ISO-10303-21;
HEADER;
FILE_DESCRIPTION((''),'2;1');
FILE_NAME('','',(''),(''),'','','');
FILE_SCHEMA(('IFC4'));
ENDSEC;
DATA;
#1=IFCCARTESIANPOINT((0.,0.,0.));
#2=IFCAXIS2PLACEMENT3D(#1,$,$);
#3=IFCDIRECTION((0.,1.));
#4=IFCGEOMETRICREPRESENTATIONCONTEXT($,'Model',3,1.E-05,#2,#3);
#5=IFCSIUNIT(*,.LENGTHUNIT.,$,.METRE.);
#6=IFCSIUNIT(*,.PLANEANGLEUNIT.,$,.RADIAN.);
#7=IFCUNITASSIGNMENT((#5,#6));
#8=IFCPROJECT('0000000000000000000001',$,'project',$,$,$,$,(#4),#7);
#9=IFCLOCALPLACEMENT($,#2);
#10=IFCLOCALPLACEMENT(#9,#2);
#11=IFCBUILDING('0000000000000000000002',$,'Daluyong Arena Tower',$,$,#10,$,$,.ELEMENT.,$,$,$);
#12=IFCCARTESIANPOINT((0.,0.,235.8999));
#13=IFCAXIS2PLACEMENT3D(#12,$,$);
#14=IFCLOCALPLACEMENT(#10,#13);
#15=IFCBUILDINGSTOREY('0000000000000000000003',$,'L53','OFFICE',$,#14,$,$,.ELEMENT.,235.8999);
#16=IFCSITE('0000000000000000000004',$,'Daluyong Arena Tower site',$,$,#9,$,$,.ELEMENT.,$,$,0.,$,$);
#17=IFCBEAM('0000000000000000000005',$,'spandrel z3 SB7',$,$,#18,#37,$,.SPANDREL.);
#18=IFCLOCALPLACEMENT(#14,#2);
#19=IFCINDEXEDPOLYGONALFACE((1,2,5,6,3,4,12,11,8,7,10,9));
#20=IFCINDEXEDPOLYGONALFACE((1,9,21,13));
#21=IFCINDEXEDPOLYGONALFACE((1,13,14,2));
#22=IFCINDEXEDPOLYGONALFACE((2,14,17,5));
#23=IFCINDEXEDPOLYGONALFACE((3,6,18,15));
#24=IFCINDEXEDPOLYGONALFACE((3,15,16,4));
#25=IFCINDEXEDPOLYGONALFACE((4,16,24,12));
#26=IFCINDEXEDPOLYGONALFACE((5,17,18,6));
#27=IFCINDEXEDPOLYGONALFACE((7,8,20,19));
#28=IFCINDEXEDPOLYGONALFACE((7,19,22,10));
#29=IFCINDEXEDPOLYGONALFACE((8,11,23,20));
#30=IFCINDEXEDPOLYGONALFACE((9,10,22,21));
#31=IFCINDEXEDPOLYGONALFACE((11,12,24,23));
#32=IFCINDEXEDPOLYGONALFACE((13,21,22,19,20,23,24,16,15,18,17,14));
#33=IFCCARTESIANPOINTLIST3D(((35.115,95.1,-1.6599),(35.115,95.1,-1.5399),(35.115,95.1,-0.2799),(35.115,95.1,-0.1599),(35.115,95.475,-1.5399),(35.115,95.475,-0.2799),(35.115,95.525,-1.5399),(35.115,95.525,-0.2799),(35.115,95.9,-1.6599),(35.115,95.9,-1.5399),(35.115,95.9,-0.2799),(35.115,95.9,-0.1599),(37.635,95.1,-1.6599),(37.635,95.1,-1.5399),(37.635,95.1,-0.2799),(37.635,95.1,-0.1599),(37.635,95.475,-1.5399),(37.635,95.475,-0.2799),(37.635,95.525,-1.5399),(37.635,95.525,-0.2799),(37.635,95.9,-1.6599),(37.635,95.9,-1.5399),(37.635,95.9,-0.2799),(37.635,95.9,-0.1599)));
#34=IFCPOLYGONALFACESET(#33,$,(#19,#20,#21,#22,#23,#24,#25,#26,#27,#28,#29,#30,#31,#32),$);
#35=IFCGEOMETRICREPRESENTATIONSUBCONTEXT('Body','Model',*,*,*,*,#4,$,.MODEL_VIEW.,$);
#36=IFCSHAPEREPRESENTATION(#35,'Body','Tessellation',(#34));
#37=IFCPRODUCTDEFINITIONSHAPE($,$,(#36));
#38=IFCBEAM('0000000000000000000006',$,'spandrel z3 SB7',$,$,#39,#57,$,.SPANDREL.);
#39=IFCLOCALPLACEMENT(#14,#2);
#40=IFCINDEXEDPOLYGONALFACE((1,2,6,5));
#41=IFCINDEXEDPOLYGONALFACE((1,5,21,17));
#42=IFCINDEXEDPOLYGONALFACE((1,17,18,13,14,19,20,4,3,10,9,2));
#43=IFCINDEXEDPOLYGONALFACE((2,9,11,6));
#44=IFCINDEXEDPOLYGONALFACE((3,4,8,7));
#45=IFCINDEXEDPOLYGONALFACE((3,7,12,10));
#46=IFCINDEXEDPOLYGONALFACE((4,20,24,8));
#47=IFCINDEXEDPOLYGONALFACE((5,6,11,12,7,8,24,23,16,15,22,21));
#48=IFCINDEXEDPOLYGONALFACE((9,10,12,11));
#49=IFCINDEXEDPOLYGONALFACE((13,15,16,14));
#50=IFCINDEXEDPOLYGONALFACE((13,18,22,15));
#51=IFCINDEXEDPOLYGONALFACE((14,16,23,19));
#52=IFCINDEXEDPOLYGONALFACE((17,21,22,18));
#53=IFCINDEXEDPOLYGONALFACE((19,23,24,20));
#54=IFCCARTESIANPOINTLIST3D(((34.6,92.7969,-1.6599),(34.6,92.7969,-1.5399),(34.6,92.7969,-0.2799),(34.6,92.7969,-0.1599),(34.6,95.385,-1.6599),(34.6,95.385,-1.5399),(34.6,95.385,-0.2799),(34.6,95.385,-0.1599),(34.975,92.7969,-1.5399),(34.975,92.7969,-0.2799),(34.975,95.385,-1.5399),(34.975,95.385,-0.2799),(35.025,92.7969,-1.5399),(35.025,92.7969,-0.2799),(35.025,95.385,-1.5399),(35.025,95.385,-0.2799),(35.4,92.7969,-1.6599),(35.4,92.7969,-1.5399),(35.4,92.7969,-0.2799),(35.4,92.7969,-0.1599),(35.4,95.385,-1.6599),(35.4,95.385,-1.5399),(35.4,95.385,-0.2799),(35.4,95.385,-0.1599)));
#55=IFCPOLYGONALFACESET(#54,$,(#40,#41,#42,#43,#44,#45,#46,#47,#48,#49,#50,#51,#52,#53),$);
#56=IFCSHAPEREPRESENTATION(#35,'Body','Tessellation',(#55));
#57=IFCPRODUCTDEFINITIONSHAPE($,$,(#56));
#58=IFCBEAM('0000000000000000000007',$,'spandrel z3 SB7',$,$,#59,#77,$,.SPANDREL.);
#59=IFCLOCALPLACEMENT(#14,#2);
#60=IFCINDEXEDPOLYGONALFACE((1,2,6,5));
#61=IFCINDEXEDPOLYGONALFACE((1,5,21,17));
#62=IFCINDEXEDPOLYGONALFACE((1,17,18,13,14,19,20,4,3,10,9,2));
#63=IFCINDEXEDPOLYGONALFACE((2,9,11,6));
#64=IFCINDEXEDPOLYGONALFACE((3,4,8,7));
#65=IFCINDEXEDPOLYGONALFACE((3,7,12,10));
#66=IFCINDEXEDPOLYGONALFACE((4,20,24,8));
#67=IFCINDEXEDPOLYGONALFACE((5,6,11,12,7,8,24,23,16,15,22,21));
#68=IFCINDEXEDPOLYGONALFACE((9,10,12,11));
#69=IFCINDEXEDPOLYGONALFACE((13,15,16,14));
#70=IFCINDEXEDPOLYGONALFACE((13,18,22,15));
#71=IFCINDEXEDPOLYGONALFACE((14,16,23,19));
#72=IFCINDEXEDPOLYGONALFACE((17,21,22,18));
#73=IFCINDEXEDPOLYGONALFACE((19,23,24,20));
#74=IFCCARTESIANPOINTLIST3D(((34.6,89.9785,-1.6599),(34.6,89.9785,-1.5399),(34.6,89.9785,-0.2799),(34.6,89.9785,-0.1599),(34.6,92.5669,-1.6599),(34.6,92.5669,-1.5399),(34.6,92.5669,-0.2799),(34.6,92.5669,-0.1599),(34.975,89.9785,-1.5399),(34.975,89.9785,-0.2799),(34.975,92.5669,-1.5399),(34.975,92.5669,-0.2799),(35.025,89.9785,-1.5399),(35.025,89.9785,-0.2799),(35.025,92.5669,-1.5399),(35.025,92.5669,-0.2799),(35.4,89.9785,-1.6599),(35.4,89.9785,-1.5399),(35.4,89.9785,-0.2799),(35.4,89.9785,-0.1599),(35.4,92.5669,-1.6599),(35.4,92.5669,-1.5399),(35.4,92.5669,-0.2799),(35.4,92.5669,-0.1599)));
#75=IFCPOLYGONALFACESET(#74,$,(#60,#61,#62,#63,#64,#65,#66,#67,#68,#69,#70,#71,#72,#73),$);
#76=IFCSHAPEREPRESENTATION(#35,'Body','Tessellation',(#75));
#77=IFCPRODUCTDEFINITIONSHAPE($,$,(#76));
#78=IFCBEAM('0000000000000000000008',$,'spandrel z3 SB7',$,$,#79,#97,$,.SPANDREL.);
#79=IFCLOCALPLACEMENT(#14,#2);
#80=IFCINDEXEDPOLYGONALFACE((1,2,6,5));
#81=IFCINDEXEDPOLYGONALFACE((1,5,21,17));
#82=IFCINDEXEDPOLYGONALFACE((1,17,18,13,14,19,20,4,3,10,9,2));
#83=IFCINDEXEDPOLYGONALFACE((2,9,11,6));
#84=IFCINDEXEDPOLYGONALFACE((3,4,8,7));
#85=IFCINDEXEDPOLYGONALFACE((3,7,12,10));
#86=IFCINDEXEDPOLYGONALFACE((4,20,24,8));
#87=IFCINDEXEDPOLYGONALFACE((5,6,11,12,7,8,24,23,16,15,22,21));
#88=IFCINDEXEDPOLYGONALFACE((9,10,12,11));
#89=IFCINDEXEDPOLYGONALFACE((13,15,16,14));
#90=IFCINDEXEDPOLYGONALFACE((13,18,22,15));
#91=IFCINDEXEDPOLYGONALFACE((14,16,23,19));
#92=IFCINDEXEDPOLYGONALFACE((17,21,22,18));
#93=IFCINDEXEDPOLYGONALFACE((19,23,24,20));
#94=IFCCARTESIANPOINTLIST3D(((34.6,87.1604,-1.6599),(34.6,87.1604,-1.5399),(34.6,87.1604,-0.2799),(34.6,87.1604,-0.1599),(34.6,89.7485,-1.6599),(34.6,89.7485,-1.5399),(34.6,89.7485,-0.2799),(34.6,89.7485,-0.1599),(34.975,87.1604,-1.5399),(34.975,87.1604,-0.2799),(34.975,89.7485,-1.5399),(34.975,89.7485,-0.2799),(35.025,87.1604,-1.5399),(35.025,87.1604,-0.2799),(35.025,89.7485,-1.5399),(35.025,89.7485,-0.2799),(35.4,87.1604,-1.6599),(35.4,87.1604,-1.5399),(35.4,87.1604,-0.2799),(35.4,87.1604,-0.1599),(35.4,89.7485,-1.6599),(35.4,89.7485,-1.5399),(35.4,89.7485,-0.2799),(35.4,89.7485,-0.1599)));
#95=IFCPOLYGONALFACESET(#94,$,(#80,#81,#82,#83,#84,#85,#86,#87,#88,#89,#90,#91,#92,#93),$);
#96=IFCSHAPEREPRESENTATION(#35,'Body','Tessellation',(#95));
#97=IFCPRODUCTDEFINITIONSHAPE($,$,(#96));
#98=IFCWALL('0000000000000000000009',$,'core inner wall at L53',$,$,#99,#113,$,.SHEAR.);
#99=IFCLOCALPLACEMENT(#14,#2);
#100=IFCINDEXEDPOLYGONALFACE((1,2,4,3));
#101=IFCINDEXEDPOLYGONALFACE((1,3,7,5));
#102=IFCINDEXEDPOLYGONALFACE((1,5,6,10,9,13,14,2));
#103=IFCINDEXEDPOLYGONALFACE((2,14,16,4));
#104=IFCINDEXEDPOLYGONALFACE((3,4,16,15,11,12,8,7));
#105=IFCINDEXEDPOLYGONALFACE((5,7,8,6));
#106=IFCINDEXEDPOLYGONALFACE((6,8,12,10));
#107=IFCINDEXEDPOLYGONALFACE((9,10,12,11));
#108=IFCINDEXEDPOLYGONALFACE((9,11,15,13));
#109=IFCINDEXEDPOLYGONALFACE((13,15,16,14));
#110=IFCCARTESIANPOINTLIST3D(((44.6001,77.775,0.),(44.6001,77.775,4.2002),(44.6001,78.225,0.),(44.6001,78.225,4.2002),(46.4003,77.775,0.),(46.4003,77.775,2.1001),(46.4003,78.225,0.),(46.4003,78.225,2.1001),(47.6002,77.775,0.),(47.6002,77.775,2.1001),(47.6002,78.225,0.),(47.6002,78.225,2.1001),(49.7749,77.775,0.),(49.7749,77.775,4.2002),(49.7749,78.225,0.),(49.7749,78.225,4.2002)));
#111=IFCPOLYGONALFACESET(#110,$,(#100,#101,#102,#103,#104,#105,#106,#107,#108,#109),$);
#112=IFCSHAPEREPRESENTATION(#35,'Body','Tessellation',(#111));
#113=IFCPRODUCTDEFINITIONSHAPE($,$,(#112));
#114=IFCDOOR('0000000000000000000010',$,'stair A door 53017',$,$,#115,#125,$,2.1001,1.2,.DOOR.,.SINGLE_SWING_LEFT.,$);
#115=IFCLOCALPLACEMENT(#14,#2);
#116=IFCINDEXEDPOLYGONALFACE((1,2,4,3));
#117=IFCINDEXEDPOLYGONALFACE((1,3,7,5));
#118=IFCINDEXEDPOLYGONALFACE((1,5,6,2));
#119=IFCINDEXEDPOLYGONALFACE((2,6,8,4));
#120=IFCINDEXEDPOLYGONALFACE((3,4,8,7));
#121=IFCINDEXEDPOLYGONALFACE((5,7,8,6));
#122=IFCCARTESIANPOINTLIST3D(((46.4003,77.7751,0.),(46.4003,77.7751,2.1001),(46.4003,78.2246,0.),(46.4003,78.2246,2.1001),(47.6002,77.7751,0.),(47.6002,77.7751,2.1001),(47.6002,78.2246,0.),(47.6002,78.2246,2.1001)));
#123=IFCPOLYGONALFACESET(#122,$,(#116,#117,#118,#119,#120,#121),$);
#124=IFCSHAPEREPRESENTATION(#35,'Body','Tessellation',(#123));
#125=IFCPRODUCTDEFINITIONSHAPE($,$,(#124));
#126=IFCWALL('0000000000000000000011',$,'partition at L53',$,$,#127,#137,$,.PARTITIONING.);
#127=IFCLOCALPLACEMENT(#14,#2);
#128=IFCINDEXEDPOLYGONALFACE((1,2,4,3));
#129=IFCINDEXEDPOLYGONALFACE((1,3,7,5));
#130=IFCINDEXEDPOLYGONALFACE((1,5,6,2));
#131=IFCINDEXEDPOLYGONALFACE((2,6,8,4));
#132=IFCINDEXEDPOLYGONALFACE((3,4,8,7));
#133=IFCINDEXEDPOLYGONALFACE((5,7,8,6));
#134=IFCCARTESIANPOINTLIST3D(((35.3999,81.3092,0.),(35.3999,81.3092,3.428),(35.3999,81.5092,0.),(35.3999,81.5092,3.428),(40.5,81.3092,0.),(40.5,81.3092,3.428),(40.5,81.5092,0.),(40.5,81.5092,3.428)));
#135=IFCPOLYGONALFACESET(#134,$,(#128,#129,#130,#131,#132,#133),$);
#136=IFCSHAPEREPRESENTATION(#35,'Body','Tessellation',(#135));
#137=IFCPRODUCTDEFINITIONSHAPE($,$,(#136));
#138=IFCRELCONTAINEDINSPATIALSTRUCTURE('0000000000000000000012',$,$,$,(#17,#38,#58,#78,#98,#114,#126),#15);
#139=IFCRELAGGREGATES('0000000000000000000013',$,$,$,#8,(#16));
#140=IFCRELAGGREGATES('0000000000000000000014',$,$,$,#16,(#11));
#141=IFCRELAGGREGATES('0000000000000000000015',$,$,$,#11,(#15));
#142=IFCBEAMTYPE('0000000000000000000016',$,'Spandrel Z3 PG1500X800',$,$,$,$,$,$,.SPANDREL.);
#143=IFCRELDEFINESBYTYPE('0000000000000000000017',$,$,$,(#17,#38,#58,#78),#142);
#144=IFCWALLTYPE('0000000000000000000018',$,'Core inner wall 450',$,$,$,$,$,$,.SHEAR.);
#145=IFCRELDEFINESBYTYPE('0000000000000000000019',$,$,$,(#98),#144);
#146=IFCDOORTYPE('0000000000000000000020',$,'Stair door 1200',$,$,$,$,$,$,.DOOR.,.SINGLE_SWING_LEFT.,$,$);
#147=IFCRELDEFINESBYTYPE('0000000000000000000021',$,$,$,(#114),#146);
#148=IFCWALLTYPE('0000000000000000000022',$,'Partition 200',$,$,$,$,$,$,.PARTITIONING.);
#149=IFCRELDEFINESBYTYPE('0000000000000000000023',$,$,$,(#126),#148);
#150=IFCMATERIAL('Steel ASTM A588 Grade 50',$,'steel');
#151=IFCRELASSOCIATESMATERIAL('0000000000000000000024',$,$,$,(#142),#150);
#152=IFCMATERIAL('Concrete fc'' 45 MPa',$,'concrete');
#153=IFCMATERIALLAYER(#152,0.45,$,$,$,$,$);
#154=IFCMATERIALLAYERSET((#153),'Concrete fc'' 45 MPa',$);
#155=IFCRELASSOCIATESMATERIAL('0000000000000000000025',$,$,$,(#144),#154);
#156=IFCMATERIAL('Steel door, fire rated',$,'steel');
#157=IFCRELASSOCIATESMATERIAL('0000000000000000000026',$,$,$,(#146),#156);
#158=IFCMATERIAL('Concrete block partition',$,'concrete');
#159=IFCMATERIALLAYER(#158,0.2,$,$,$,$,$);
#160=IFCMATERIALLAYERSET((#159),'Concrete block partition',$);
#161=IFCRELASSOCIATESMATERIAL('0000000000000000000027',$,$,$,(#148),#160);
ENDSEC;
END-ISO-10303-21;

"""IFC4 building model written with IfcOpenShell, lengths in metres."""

from ifc_helpers import new_model, si_unit, direction, frame, frame_2d, origin, origin_2d, place, context, subcontext, project, spatial, rectangle, i_section, extrude, material, layer, layer_set, material_profile, profile_set, type_object, element, fill, save


model = new_model("IFC4")

# Units and contexts
model_context = context("Model", 3, precision=1e-05, world=origin(), true_north=direction((0.0, 1.0)))
body_context = subcontext(model_context, "Body", "Model", "MODEL_VIEW")
ifc_project = project(units=[si_unit("LENGTHUNIT", "METRE"), si_unit("PLANEANGLEUNIT", "RADIAN")], contexts=[model_context])

# Site, building, storey
site_placement = place(None, origin())
site = spatial("IfcSite", under=ifc_project, at=site_placement, Name="Daluyong Arena Tower site", CompositionType="ELEMENT", RefElevation=0.0)
building_placement = place(site_placement, origin())
building = spatial("IfcBuilding", under=site, at=building_placement, Name="Daluyong Arena Tower", CompositionType="ELEMENT")
storey_placement = place(building_placement, frame((0.0, 0.0, 235.8999)))
storey = spatial("IfcBuildingStorey", under=building, at=storey_placement, Name="L53", Description="OFFICE", CompositionType="ELEMENT", Elevation=235.8999)

# Beams
ifc_material_1 = material(Name="Steel ASTM A588 Grade 50", Category="steel")
ifc_material_profile_1 = material_profile(ifc_material_1, i_section(OverallWidth=0.8, OverallDepth=1.5, WebThickness=0.05, FlangeThickness=0.12, at=origin_2d()))
ifc_profile_set_1 = profile_set([ifc_material_profile_1], Name="Steel ASTM A588 Grade 50")
beam_type_1 = type_object("IfcBeamType", Name="Spandrel Z3 PG1500X800", PredefinedType="SPANDREL", material=ifc_profile_set_1)
beam_1_placement = place(storey_placement, frame((37.635, 95.5, -0.9099), z_axis=(-1.0, 0.0, 0.0), x_axis=(0.0, -1.0, 0.0)))
element("IfcBeam", 1, at=beam_1_placement, inside=storey, type_object=beam_type_1, Name="spandrel z3 SB7", PredefinedType="SPANDREL", context=body_context, shape_type="SweptSolid", body=[
    extrude(i_section(OverallWidth=0.8, OverallDepth=1.5, WebThickness=0.05, FlangeThickness=0.12, at=origin_2d()), origin(), (0.0, 0.0, 1.0), 2.52),
])
beam_2_placement = place(storey_placement, frame((35.0, 95.385, -0.9099), z_axis=(0.0, -1.0, 0.0), x_axis=(1.0, 0.0, 0.0)))
element("IfcBeam", 2, at=beam_2_placement, inside=storey, type_object=beam_type_1, Name="spandrel z3 SB7", PredefinedType="SPANDREL", context=body_context, shape_type="SweptSolid", body=[
    extrude(i_section(OverallWidth=0.8, OverallDepth=1.5, WebThickness=0.05, FlangeThickness=0.12, at=origin_2d()), origin(), (0.0, 0.0, 1.0), 2.5881),
])
beam_3_placement = place(storey_placement, frame((35.0, 92.5669, -0.9099), z_axis=(0.0, -1.0, 0.0), x_axis=(1.0, 0.0, 0.0)))
element("IfcBeam", 3, at=beam_3_placement, inside=storey, type_object=beam_type_1, Name="spandrel z3 SB7", PredefinedType="SPANDREL", context=body_context, shape_type="SweptSolid", body=[
    extrude(i_section(OverallWidth=0.8, OverallDepth=1.5, WebThickness=0.05, FlangeThickness=0.12, at=origin_2d()), origin(), (0.0, 0.0, 1.0), 2.5884),
])
beam_4_placement = place(storey_placement, frame((35.0, 89.7485, -0.9099), z_axis=(0.0, -1.0, 0.0), x_axis=(1.0, 0.0, 0.0)))
element("IfcBeam", 4, at=beam_4_placement, inside=storey, type_object=beam_type_1, Name="spandrel z3 SB7", PredefinedType="SPANDREL", context=body_context, shape_type="SweptSolid", body=[
    extrude(i_section(OverallWidth=0.8, OverallDepth=1.5, WebThickness=0.05, FlangeThickness=0.12, at=origin_2d()), origin(), (0.0, 0.0, 1.0), 2.5881),
])

# Wall, opening, door
ifc_material_2 = material(Name="Concrete fc' 45 MPa", Category="concrete")
ifc_layer_1 = layer(ifc_material_2, 0.45)
ifc_layer_set_1 = layer_set([ifc_layer_1], Name="Concrete fc' 45 MPa")
wall_type_1 = type_object("IfcWallType", Name="Core inner wall 450", PredefinedType="SHEAR", material=ifc_layer_set_1)
wall_1_placement = place(storey_placement, frame((44.6001, 78.0, 0.0), z_axis=(0.0, 0.0, 1.0), x_axis=(1.0, 0.0, 0.0)))
wall_1 = element("IfcWall", 5, at=wall_1_placement, inside=storey, type_object=wall_type_1, Name="core inner wall at L53", PredefinedType="SHEAR", context=body_context, shape_type="SweptSolid", body=[
    extrude(rectangle(XDim=5.1748, YDim=0.45, at=frame_2d((2.5874, 0.0))), origin(), (0.0, 0.0, 1.0), 4.2002),
])
opening_placement = place(wall_1_placement, frame((1.8, 0.0, 0.0)))
opening = element("IfcOpeningElement", 6, at=opening_placement, cuts=wall_1, PredefinedType="OPENING", context=body_context, shape_type="SweptSolid", body=[
    extrude(rectangle(XDim=1.2, YDim=2.1001, at=frame_2d((0.6001, 1.05))), frame((0.0, 0.2349, 0.0), z_axis=(0.0, -1.0, 0.0), x_axis=(1.0, 0.0, 0.0)), (0.0, 0.0, 1.0), 0.47),
])
ifc_material_3 = material(Name="Steel door, fire rated", Category="steel")
door_type = type_object("IfcDoorType", Name="Stair door 1200", OperationType="SINGLE_SWING_LEFT", PredefinedType="DOOR", material=ifc_material_3)
door_placement = place(opening_placement, origin())
door = element("IfcDoor", 7, at=door_placement, inside=storey, type_object=door_type, Name="stair A door 53017", OperationType="SINGLE_SWING_LEFT", OverallHeight=2.1001, OverallWidth=1.2, PredefinedType="DOOR", context=body_context, shape_type="SweptSolid", body=[
    extrude(rectangle(XDim=1.2, YDim=2.1001, at=frame_2d((0.6001, 1.05))), frame((0.0, 0.2246, 0.0), z_axis=(0.0, -1.0, 0.0), x_axis=(1.0, 0.0, 0.0)), (0.0, 0.0, 1.0), 0.4495),
])
fill(opening, door)

# Wall
ifc_material_4 = material(Name="Concrete block partition", Category="concrete")
ifc_layer_2 = layer(ifc_material_4, 0.2)
ifc_layer_set_2 = layer_set([ifc_layer_2], Name="Concrete block partition")
wall_type_2 = type_object("IfcWallType", Name="Partition 200", PredefinedType="PARTITIONING", material=ifc_layer_set_2)
wall_2_placement = place(storey_placement, frame((35.3999, 81.4092, 0.0), z_axis=(0.0, 0.0, 1.0), x_axis=(1.0, 0.0, 0.0)))
element("IfcWall", 8, at=wall_2_placement, inside=storey, type_object=wall_type_2, Name="partition at L53", PredefinedType="PARTITIONING", context=body_context, shape_type="SweptSolid", body=[
    extrude(rectangle(XDim=5.1001, YDim=0.2, at=frame_2d((2.55, 0.0))), origin(), (0.0, 0.0, 1.0), 3.428),
])

save(model, "model.ifc")
